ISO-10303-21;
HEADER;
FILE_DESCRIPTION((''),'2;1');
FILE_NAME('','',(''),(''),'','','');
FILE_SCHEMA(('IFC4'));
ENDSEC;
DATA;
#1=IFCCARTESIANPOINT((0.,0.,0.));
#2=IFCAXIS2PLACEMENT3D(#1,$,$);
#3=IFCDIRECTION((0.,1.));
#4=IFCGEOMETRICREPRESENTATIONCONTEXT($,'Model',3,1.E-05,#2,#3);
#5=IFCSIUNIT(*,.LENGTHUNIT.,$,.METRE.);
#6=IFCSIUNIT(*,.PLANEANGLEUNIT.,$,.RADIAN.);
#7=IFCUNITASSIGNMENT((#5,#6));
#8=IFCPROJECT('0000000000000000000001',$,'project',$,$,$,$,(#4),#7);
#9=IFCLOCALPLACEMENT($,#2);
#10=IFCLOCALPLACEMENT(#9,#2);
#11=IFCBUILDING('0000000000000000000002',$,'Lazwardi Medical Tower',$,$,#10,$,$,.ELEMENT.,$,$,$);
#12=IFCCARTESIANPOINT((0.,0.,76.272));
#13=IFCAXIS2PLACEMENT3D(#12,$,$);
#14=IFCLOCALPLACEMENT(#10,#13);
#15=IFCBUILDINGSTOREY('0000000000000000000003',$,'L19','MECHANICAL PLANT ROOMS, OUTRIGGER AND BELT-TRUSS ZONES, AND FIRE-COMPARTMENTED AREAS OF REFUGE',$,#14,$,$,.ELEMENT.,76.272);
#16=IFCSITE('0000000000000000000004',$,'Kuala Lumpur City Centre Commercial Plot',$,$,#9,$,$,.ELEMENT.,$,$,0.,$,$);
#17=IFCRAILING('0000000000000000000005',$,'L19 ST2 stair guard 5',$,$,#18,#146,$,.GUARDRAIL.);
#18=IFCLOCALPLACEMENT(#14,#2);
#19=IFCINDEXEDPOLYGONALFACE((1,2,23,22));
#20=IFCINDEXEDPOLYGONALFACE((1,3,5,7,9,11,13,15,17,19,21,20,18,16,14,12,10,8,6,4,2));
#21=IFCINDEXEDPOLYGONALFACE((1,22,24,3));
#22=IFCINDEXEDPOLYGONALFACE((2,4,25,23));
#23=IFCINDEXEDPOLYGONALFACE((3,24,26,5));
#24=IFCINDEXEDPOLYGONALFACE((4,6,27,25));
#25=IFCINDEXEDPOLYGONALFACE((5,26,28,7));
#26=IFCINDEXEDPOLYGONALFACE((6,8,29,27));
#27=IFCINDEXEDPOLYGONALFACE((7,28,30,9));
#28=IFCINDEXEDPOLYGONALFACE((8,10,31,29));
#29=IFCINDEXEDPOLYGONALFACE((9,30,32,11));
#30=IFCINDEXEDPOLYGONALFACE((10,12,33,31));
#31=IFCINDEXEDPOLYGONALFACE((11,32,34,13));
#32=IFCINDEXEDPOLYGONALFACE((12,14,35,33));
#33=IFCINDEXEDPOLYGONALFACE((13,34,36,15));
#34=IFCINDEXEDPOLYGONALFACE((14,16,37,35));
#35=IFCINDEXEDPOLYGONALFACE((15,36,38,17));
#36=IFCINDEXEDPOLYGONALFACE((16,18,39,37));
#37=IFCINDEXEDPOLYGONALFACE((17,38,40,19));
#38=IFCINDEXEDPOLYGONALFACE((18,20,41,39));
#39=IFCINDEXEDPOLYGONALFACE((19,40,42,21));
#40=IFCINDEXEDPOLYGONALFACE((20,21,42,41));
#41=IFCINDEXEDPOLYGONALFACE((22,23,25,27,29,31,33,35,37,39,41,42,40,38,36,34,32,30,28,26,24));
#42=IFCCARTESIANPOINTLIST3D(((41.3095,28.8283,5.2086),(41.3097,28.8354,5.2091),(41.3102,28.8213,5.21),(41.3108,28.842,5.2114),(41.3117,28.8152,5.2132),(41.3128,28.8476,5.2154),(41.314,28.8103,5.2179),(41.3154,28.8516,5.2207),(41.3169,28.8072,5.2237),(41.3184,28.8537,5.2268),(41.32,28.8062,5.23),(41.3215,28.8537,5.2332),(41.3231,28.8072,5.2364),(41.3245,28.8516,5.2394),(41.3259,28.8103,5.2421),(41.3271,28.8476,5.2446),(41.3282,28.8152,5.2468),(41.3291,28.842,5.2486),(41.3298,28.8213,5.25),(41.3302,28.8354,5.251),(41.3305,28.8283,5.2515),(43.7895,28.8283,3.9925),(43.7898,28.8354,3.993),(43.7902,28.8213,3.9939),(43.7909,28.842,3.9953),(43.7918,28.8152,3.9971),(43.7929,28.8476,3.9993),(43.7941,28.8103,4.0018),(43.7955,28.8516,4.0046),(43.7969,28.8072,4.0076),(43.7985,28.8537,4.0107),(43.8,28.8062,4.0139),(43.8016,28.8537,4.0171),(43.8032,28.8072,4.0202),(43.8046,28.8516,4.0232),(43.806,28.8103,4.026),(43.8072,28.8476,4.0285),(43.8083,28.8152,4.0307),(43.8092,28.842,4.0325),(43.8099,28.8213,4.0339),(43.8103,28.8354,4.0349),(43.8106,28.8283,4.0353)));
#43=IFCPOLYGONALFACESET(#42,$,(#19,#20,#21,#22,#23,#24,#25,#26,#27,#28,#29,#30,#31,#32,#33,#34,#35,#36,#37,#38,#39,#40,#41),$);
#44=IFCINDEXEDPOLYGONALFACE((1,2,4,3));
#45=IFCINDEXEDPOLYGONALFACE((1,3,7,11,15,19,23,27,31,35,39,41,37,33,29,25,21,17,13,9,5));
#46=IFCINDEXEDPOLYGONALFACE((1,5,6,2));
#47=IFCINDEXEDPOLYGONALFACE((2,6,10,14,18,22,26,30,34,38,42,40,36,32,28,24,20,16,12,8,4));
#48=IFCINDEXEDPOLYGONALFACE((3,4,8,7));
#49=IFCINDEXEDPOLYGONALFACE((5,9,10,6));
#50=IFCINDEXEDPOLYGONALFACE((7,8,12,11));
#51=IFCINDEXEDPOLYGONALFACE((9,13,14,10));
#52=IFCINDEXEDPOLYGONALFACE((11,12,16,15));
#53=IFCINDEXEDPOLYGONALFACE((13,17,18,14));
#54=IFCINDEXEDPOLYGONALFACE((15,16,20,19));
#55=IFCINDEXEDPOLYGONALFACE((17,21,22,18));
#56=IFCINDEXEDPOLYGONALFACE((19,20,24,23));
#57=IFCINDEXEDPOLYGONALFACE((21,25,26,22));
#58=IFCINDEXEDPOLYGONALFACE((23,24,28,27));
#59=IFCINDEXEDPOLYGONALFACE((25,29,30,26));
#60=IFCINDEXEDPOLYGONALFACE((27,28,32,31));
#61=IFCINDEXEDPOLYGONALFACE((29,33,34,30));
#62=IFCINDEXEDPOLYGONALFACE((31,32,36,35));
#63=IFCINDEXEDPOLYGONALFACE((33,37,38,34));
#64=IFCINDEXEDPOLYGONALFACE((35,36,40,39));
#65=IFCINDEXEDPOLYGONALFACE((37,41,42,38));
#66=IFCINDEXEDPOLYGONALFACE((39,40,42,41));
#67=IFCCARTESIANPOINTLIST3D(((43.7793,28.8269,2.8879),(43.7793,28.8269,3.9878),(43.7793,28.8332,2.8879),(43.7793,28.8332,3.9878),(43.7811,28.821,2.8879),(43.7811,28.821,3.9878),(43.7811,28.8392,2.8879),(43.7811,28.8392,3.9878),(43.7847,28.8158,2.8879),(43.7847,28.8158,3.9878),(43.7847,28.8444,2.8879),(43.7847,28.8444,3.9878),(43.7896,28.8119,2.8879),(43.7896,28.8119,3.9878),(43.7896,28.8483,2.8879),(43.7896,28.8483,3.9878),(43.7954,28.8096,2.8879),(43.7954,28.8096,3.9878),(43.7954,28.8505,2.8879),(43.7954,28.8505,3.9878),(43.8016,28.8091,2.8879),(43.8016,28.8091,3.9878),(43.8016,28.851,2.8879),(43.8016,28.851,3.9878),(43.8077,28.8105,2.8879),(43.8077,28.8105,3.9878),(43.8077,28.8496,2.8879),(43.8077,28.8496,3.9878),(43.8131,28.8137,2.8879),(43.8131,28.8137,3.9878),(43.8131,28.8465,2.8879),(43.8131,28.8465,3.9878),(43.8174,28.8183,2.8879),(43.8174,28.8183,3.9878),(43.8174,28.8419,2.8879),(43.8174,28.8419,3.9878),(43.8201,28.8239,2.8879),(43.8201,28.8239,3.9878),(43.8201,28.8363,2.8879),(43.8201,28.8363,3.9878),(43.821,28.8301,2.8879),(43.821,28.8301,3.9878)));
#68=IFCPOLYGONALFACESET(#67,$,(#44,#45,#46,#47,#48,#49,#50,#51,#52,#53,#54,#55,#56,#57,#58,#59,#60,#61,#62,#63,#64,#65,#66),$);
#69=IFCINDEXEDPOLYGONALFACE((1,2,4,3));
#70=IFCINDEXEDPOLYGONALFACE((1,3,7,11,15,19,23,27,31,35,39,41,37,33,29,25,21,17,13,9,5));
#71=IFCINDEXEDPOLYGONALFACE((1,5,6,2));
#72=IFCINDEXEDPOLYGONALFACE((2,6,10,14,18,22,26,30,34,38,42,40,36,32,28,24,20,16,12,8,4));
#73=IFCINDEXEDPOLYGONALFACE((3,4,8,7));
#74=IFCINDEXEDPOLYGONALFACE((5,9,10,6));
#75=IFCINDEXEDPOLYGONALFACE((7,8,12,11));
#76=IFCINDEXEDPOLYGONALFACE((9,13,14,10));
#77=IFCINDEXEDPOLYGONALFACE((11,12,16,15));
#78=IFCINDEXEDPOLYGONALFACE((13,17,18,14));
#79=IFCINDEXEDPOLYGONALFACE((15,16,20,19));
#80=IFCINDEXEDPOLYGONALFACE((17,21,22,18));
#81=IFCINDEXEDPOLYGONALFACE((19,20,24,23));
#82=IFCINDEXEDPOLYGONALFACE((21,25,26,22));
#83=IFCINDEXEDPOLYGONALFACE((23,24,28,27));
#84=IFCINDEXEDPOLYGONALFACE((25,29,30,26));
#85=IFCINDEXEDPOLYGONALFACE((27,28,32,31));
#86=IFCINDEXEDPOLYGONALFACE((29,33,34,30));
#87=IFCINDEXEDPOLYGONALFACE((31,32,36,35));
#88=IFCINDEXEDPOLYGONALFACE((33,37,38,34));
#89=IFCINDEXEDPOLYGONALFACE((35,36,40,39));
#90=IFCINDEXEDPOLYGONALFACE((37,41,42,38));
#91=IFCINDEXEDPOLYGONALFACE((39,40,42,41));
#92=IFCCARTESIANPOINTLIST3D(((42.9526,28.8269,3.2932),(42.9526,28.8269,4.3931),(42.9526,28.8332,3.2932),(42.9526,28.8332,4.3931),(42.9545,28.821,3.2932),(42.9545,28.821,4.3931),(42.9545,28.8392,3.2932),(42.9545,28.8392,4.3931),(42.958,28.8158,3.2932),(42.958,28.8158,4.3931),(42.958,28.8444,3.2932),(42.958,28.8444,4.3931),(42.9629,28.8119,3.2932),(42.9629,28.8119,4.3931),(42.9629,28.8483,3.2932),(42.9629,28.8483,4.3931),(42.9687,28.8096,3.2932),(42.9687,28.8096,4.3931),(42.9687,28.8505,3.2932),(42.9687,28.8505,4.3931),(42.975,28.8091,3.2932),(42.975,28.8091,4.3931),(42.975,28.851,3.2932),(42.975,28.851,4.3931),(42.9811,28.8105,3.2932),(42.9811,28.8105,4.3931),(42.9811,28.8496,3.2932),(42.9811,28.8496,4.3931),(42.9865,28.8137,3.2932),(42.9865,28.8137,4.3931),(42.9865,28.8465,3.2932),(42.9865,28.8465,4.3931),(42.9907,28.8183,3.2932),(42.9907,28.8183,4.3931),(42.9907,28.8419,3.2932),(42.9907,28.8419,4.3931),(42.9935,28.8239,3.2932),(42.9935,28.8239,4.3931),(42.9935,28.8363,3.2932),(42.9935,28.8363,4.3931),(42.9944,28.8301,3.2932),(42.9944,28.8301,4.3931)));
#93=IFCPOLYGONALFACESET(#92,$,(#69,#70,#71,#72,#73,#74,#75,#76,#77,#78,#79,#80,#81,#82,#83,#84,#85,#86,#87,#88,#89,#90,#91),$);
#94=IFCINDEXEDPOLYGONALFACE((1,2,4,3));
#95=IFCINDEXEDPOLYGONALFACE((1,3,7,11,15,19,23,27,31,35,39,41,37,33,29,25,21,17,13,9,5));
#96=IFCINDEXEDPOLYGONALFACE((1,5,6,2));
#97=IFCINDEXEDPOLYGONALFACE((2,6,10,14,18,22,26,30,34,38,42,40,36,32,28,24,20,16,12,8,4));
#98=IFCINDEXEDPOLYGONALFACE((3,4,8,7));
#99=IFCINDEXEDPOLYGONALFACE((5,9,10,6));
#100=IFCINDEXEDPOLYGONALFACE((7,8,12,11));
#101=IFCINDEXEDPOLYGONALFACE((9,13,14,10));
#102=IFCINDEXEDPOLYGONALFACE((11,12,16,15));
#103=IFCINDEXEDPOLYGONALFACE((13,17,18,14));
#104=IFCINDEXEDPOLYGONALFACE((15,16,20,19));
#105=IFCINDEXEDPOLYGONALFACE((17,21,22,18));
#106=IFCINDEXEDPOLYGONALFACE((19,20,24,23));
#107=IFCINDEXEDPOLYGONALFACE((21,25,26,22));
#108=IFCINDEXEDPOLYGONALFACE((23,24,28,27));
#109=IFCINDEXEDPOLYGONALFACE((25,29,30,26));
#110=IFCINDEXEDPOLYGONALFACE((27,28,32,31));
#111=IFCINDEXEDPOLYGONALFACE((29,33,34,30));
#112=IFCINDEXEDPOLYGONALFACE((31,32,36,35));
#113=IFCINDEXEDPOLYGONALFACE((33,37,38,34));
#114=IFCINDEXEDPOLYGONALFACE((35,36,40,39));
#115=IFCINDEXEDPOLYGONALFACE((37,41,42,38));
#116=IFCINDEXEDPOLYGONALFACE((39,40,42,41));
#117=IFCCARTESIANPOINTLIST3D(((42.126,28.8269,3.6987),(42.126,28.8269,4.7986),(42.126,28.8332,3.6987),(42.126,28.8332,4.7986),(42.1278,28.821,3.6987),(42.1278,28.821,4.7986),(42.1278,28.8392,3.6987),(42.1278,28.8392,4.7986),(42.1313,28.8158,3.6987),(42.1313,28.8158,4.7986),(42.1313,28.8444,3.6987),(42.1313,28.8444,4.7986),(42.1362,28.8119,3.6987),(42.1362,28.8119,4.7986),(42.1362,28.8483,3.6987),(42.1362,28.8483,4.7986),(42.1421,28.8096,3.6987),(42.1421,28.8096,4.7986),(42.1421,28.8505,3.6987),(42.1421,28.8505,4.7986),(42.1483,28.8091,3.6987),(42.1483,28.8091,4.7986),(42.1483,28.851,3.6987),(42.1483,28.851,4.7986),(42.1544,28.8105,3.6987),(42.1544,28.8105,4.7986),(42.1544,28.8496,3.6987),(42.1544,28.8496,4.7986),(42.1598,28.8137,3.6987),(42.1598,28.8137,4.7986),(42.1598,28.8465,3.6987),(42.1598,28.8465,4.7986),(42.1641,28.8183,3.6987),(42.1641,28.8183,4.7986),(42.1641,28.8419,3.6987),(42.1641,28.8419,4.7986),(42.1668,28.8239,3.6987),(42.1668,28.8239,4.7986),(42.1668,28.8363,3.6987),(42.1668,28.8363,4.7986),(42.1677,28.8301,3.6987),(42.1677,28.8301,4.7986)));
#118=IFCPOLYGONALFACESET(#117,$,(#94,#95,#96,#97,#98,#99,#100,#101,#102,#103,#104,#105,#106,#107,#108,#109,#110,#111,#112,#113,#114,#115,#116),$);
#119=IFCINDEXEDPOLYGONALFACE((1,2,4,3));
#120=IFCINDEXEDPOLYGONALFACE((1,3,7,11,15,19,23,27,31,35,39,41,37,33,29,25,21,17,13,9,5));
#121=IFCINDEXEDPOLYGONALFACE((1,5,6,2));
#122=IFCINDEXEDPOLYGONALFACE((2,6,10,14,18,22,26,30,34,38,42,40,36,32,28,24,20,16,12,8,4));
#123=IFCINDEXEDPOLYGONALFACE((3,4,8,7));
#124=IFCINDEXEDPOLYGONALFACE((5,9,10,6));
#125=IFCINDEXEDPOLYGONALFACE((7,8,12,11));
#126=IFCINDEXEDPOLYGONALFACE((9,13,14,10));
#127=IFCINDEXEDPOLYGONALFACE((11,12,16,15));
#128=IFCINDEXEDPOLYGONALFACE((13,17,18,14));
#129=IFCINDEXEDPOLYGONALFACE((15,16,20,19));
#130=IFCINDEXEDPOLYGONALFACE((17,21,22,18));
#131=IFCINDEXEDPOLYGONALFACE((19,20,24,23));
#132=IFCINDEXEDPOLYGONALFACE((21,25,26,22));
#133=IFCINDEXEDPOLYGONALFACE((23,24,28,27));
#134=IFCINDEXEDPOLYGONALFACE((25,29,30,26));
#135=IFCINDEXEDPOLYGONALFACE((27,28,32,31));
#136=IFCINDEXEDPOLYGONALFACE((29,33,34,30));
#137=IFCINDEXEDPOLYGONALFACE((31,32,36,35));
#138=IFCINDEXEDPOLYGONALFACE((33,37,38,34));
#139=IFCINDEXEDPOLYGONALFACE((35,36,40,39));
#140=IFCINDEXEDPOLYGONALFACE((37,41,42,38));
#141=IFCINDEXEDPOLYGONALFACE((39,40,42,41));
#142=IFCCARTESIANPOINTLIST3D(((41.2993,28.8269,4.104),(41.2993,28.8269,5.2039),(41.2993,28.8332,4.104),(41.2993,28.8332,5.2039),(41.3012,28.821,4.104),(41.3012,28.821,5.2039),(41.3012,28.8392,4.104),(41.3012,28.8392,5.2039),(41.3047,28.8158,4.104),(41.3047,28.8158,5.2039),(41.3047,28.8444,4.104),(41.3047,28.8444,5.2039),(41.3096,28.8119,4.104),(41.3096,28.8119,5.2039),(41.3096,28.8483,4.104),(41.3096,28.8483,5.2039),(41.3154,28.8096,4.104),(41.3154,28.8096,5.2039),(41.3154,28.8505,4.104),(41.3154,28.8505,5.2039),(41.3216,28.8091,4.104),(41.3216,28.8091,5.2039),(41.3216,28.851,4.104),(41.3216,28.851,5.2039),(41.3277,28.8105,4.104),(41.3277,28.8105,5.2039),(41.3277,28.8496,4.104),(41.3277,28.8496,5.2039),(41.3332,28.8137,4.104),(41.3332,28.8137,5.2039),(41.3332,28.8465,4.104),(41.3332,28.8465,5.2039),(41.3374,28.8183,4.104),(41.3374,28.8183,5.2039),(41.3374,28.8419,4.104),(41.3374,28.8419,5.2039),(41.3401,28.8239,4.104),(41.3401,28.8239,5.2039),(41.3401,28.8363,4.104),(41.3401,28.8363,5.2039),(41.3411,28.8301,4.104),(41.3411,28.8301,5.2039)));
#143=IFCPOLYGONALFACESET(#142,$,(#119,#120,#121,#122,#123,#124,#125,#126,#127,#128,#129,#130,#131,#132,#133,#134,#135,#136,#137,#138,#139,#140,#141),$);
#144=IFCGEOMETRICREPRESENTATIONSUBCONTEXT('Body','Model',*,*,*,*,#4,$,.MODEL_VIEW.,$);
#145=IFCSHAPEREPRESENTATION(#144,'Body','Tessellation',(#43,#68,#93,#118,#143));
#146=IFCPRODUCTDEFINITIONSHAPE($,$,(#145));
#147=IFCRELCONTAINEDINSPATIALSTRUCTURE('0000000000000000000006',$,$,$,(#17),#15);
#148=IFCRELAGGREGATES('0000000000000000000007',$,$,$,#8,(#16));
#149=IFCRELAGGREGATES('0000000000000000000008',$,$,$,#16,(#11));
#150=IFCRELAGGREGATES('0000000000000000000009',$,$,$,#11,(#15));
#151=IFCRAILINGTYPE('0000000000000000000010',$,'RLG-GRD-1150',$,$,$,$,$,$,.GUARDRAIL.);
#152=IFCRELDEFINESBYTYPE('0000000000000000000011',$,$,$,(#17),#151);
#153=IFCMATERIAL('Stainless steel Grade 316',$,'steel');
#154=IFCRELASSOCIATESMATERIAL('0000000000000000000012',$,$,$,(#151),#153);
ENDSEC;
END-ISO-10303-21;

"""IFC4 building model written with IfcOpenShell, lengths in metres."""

from ifc_helpers import new_model, si_unit, direction, frame, origin, origin_2d, place, context, subcontext, project, spatial, circle, extrude, material, type_object, element, save


model = new_model("IFC4")

# Units and contexts
model_context = context("Model", 3, precision=1e-05, world=origin(), true_north=direction((0.0, 1.0)))
body_context = subcontext(model_context, "Body", "Model", "MODEL_VIEW")
ifc_project = project(units=[si_unit("LENGTHUNIT", "METRE"), si_unit("PLANEANGLEUNIT", "RADIAN")], contexts=[model_context])

# Site, building, storey
site_placement = place(None, origin())
site = spatial("IfcSite", under=ifc_project, at=site_placement, Name="Kuala Lumpur City Centre Commercial Plot", CompositionType="ELEMENT", RefElevation=0.0)
building_placement = place(site_placement, origin())
building = spatial("IfcBuilding", under=site, at=building_placement, Name="Lazwardi Medical Tower", CompositionType="ELEMENT")
storey_placement = place(building_placement, frame((0.0, 0.0, 76.272)))
storey = spatial("IfcBuildingStorey", under=building, at=storey_placement, Name="L19", Description="MECHANICAL PLANT ROOMS, OUTRIGGER AND BELT-TRUSS ZONES, AND FIRE-COMPARTMENTED AREAS OF REFUGE", CompositionType="ELEMENT", Elevation=76.272)

# Railing
ifc_material_1 = material(Name="Stainless steel Grade 316", Category="steel")
railing_type_1 = type_object("IfcRailingType", Name="RLG-GRD-1150", PredefinedType="GUARDRAIL", material=ifc_material_1)
railing_1_placement = place(storey_placement, frame((43.8, 28.8301, 2.8879)))
element("IfcRailing", 1, at=railing_1_placement, inside=storey, type_object=railing_type_1, Name="L19 ST2 stair guard 5", PredefinedType="GUARDRAIL", context=body_context, shape_type="SweptSolid", body=[
    extrude(circle(Radius=0.0239, at=origin_2d()), frame((0.0, 0.0, 1.126), z_axis=(-0.897865, 0.0, 0.44027), x_axis=(0.0, -1.0, 0.0)), (0.0, 0.0, 1.0), 2.7622),
    extrude(circle(Radius=0.021, at=origin_2d()), origin(), (0.0, 0.0, 1.0), 1.0999),
    extrude(circle(Radius=0.021, at=origin_2d()), frame((-0.8267, 0.0, 0.4053)), (0.0, 0.0, 1.0), 1.0999),
    extrude(circle(Radius=0.021, at=origin_2d()), frame((-1.6533, 0.0, 0.8108)), (0.0, 0.0, 1.0), 1.0999),
    extrude(circle(Radius=0.021, at=origin_2d()), frame((-2.48, 0.0, 1.2161)), (0.0, 0.0, 1.0), 1.0999),
])

save(model, "model.ifc")
